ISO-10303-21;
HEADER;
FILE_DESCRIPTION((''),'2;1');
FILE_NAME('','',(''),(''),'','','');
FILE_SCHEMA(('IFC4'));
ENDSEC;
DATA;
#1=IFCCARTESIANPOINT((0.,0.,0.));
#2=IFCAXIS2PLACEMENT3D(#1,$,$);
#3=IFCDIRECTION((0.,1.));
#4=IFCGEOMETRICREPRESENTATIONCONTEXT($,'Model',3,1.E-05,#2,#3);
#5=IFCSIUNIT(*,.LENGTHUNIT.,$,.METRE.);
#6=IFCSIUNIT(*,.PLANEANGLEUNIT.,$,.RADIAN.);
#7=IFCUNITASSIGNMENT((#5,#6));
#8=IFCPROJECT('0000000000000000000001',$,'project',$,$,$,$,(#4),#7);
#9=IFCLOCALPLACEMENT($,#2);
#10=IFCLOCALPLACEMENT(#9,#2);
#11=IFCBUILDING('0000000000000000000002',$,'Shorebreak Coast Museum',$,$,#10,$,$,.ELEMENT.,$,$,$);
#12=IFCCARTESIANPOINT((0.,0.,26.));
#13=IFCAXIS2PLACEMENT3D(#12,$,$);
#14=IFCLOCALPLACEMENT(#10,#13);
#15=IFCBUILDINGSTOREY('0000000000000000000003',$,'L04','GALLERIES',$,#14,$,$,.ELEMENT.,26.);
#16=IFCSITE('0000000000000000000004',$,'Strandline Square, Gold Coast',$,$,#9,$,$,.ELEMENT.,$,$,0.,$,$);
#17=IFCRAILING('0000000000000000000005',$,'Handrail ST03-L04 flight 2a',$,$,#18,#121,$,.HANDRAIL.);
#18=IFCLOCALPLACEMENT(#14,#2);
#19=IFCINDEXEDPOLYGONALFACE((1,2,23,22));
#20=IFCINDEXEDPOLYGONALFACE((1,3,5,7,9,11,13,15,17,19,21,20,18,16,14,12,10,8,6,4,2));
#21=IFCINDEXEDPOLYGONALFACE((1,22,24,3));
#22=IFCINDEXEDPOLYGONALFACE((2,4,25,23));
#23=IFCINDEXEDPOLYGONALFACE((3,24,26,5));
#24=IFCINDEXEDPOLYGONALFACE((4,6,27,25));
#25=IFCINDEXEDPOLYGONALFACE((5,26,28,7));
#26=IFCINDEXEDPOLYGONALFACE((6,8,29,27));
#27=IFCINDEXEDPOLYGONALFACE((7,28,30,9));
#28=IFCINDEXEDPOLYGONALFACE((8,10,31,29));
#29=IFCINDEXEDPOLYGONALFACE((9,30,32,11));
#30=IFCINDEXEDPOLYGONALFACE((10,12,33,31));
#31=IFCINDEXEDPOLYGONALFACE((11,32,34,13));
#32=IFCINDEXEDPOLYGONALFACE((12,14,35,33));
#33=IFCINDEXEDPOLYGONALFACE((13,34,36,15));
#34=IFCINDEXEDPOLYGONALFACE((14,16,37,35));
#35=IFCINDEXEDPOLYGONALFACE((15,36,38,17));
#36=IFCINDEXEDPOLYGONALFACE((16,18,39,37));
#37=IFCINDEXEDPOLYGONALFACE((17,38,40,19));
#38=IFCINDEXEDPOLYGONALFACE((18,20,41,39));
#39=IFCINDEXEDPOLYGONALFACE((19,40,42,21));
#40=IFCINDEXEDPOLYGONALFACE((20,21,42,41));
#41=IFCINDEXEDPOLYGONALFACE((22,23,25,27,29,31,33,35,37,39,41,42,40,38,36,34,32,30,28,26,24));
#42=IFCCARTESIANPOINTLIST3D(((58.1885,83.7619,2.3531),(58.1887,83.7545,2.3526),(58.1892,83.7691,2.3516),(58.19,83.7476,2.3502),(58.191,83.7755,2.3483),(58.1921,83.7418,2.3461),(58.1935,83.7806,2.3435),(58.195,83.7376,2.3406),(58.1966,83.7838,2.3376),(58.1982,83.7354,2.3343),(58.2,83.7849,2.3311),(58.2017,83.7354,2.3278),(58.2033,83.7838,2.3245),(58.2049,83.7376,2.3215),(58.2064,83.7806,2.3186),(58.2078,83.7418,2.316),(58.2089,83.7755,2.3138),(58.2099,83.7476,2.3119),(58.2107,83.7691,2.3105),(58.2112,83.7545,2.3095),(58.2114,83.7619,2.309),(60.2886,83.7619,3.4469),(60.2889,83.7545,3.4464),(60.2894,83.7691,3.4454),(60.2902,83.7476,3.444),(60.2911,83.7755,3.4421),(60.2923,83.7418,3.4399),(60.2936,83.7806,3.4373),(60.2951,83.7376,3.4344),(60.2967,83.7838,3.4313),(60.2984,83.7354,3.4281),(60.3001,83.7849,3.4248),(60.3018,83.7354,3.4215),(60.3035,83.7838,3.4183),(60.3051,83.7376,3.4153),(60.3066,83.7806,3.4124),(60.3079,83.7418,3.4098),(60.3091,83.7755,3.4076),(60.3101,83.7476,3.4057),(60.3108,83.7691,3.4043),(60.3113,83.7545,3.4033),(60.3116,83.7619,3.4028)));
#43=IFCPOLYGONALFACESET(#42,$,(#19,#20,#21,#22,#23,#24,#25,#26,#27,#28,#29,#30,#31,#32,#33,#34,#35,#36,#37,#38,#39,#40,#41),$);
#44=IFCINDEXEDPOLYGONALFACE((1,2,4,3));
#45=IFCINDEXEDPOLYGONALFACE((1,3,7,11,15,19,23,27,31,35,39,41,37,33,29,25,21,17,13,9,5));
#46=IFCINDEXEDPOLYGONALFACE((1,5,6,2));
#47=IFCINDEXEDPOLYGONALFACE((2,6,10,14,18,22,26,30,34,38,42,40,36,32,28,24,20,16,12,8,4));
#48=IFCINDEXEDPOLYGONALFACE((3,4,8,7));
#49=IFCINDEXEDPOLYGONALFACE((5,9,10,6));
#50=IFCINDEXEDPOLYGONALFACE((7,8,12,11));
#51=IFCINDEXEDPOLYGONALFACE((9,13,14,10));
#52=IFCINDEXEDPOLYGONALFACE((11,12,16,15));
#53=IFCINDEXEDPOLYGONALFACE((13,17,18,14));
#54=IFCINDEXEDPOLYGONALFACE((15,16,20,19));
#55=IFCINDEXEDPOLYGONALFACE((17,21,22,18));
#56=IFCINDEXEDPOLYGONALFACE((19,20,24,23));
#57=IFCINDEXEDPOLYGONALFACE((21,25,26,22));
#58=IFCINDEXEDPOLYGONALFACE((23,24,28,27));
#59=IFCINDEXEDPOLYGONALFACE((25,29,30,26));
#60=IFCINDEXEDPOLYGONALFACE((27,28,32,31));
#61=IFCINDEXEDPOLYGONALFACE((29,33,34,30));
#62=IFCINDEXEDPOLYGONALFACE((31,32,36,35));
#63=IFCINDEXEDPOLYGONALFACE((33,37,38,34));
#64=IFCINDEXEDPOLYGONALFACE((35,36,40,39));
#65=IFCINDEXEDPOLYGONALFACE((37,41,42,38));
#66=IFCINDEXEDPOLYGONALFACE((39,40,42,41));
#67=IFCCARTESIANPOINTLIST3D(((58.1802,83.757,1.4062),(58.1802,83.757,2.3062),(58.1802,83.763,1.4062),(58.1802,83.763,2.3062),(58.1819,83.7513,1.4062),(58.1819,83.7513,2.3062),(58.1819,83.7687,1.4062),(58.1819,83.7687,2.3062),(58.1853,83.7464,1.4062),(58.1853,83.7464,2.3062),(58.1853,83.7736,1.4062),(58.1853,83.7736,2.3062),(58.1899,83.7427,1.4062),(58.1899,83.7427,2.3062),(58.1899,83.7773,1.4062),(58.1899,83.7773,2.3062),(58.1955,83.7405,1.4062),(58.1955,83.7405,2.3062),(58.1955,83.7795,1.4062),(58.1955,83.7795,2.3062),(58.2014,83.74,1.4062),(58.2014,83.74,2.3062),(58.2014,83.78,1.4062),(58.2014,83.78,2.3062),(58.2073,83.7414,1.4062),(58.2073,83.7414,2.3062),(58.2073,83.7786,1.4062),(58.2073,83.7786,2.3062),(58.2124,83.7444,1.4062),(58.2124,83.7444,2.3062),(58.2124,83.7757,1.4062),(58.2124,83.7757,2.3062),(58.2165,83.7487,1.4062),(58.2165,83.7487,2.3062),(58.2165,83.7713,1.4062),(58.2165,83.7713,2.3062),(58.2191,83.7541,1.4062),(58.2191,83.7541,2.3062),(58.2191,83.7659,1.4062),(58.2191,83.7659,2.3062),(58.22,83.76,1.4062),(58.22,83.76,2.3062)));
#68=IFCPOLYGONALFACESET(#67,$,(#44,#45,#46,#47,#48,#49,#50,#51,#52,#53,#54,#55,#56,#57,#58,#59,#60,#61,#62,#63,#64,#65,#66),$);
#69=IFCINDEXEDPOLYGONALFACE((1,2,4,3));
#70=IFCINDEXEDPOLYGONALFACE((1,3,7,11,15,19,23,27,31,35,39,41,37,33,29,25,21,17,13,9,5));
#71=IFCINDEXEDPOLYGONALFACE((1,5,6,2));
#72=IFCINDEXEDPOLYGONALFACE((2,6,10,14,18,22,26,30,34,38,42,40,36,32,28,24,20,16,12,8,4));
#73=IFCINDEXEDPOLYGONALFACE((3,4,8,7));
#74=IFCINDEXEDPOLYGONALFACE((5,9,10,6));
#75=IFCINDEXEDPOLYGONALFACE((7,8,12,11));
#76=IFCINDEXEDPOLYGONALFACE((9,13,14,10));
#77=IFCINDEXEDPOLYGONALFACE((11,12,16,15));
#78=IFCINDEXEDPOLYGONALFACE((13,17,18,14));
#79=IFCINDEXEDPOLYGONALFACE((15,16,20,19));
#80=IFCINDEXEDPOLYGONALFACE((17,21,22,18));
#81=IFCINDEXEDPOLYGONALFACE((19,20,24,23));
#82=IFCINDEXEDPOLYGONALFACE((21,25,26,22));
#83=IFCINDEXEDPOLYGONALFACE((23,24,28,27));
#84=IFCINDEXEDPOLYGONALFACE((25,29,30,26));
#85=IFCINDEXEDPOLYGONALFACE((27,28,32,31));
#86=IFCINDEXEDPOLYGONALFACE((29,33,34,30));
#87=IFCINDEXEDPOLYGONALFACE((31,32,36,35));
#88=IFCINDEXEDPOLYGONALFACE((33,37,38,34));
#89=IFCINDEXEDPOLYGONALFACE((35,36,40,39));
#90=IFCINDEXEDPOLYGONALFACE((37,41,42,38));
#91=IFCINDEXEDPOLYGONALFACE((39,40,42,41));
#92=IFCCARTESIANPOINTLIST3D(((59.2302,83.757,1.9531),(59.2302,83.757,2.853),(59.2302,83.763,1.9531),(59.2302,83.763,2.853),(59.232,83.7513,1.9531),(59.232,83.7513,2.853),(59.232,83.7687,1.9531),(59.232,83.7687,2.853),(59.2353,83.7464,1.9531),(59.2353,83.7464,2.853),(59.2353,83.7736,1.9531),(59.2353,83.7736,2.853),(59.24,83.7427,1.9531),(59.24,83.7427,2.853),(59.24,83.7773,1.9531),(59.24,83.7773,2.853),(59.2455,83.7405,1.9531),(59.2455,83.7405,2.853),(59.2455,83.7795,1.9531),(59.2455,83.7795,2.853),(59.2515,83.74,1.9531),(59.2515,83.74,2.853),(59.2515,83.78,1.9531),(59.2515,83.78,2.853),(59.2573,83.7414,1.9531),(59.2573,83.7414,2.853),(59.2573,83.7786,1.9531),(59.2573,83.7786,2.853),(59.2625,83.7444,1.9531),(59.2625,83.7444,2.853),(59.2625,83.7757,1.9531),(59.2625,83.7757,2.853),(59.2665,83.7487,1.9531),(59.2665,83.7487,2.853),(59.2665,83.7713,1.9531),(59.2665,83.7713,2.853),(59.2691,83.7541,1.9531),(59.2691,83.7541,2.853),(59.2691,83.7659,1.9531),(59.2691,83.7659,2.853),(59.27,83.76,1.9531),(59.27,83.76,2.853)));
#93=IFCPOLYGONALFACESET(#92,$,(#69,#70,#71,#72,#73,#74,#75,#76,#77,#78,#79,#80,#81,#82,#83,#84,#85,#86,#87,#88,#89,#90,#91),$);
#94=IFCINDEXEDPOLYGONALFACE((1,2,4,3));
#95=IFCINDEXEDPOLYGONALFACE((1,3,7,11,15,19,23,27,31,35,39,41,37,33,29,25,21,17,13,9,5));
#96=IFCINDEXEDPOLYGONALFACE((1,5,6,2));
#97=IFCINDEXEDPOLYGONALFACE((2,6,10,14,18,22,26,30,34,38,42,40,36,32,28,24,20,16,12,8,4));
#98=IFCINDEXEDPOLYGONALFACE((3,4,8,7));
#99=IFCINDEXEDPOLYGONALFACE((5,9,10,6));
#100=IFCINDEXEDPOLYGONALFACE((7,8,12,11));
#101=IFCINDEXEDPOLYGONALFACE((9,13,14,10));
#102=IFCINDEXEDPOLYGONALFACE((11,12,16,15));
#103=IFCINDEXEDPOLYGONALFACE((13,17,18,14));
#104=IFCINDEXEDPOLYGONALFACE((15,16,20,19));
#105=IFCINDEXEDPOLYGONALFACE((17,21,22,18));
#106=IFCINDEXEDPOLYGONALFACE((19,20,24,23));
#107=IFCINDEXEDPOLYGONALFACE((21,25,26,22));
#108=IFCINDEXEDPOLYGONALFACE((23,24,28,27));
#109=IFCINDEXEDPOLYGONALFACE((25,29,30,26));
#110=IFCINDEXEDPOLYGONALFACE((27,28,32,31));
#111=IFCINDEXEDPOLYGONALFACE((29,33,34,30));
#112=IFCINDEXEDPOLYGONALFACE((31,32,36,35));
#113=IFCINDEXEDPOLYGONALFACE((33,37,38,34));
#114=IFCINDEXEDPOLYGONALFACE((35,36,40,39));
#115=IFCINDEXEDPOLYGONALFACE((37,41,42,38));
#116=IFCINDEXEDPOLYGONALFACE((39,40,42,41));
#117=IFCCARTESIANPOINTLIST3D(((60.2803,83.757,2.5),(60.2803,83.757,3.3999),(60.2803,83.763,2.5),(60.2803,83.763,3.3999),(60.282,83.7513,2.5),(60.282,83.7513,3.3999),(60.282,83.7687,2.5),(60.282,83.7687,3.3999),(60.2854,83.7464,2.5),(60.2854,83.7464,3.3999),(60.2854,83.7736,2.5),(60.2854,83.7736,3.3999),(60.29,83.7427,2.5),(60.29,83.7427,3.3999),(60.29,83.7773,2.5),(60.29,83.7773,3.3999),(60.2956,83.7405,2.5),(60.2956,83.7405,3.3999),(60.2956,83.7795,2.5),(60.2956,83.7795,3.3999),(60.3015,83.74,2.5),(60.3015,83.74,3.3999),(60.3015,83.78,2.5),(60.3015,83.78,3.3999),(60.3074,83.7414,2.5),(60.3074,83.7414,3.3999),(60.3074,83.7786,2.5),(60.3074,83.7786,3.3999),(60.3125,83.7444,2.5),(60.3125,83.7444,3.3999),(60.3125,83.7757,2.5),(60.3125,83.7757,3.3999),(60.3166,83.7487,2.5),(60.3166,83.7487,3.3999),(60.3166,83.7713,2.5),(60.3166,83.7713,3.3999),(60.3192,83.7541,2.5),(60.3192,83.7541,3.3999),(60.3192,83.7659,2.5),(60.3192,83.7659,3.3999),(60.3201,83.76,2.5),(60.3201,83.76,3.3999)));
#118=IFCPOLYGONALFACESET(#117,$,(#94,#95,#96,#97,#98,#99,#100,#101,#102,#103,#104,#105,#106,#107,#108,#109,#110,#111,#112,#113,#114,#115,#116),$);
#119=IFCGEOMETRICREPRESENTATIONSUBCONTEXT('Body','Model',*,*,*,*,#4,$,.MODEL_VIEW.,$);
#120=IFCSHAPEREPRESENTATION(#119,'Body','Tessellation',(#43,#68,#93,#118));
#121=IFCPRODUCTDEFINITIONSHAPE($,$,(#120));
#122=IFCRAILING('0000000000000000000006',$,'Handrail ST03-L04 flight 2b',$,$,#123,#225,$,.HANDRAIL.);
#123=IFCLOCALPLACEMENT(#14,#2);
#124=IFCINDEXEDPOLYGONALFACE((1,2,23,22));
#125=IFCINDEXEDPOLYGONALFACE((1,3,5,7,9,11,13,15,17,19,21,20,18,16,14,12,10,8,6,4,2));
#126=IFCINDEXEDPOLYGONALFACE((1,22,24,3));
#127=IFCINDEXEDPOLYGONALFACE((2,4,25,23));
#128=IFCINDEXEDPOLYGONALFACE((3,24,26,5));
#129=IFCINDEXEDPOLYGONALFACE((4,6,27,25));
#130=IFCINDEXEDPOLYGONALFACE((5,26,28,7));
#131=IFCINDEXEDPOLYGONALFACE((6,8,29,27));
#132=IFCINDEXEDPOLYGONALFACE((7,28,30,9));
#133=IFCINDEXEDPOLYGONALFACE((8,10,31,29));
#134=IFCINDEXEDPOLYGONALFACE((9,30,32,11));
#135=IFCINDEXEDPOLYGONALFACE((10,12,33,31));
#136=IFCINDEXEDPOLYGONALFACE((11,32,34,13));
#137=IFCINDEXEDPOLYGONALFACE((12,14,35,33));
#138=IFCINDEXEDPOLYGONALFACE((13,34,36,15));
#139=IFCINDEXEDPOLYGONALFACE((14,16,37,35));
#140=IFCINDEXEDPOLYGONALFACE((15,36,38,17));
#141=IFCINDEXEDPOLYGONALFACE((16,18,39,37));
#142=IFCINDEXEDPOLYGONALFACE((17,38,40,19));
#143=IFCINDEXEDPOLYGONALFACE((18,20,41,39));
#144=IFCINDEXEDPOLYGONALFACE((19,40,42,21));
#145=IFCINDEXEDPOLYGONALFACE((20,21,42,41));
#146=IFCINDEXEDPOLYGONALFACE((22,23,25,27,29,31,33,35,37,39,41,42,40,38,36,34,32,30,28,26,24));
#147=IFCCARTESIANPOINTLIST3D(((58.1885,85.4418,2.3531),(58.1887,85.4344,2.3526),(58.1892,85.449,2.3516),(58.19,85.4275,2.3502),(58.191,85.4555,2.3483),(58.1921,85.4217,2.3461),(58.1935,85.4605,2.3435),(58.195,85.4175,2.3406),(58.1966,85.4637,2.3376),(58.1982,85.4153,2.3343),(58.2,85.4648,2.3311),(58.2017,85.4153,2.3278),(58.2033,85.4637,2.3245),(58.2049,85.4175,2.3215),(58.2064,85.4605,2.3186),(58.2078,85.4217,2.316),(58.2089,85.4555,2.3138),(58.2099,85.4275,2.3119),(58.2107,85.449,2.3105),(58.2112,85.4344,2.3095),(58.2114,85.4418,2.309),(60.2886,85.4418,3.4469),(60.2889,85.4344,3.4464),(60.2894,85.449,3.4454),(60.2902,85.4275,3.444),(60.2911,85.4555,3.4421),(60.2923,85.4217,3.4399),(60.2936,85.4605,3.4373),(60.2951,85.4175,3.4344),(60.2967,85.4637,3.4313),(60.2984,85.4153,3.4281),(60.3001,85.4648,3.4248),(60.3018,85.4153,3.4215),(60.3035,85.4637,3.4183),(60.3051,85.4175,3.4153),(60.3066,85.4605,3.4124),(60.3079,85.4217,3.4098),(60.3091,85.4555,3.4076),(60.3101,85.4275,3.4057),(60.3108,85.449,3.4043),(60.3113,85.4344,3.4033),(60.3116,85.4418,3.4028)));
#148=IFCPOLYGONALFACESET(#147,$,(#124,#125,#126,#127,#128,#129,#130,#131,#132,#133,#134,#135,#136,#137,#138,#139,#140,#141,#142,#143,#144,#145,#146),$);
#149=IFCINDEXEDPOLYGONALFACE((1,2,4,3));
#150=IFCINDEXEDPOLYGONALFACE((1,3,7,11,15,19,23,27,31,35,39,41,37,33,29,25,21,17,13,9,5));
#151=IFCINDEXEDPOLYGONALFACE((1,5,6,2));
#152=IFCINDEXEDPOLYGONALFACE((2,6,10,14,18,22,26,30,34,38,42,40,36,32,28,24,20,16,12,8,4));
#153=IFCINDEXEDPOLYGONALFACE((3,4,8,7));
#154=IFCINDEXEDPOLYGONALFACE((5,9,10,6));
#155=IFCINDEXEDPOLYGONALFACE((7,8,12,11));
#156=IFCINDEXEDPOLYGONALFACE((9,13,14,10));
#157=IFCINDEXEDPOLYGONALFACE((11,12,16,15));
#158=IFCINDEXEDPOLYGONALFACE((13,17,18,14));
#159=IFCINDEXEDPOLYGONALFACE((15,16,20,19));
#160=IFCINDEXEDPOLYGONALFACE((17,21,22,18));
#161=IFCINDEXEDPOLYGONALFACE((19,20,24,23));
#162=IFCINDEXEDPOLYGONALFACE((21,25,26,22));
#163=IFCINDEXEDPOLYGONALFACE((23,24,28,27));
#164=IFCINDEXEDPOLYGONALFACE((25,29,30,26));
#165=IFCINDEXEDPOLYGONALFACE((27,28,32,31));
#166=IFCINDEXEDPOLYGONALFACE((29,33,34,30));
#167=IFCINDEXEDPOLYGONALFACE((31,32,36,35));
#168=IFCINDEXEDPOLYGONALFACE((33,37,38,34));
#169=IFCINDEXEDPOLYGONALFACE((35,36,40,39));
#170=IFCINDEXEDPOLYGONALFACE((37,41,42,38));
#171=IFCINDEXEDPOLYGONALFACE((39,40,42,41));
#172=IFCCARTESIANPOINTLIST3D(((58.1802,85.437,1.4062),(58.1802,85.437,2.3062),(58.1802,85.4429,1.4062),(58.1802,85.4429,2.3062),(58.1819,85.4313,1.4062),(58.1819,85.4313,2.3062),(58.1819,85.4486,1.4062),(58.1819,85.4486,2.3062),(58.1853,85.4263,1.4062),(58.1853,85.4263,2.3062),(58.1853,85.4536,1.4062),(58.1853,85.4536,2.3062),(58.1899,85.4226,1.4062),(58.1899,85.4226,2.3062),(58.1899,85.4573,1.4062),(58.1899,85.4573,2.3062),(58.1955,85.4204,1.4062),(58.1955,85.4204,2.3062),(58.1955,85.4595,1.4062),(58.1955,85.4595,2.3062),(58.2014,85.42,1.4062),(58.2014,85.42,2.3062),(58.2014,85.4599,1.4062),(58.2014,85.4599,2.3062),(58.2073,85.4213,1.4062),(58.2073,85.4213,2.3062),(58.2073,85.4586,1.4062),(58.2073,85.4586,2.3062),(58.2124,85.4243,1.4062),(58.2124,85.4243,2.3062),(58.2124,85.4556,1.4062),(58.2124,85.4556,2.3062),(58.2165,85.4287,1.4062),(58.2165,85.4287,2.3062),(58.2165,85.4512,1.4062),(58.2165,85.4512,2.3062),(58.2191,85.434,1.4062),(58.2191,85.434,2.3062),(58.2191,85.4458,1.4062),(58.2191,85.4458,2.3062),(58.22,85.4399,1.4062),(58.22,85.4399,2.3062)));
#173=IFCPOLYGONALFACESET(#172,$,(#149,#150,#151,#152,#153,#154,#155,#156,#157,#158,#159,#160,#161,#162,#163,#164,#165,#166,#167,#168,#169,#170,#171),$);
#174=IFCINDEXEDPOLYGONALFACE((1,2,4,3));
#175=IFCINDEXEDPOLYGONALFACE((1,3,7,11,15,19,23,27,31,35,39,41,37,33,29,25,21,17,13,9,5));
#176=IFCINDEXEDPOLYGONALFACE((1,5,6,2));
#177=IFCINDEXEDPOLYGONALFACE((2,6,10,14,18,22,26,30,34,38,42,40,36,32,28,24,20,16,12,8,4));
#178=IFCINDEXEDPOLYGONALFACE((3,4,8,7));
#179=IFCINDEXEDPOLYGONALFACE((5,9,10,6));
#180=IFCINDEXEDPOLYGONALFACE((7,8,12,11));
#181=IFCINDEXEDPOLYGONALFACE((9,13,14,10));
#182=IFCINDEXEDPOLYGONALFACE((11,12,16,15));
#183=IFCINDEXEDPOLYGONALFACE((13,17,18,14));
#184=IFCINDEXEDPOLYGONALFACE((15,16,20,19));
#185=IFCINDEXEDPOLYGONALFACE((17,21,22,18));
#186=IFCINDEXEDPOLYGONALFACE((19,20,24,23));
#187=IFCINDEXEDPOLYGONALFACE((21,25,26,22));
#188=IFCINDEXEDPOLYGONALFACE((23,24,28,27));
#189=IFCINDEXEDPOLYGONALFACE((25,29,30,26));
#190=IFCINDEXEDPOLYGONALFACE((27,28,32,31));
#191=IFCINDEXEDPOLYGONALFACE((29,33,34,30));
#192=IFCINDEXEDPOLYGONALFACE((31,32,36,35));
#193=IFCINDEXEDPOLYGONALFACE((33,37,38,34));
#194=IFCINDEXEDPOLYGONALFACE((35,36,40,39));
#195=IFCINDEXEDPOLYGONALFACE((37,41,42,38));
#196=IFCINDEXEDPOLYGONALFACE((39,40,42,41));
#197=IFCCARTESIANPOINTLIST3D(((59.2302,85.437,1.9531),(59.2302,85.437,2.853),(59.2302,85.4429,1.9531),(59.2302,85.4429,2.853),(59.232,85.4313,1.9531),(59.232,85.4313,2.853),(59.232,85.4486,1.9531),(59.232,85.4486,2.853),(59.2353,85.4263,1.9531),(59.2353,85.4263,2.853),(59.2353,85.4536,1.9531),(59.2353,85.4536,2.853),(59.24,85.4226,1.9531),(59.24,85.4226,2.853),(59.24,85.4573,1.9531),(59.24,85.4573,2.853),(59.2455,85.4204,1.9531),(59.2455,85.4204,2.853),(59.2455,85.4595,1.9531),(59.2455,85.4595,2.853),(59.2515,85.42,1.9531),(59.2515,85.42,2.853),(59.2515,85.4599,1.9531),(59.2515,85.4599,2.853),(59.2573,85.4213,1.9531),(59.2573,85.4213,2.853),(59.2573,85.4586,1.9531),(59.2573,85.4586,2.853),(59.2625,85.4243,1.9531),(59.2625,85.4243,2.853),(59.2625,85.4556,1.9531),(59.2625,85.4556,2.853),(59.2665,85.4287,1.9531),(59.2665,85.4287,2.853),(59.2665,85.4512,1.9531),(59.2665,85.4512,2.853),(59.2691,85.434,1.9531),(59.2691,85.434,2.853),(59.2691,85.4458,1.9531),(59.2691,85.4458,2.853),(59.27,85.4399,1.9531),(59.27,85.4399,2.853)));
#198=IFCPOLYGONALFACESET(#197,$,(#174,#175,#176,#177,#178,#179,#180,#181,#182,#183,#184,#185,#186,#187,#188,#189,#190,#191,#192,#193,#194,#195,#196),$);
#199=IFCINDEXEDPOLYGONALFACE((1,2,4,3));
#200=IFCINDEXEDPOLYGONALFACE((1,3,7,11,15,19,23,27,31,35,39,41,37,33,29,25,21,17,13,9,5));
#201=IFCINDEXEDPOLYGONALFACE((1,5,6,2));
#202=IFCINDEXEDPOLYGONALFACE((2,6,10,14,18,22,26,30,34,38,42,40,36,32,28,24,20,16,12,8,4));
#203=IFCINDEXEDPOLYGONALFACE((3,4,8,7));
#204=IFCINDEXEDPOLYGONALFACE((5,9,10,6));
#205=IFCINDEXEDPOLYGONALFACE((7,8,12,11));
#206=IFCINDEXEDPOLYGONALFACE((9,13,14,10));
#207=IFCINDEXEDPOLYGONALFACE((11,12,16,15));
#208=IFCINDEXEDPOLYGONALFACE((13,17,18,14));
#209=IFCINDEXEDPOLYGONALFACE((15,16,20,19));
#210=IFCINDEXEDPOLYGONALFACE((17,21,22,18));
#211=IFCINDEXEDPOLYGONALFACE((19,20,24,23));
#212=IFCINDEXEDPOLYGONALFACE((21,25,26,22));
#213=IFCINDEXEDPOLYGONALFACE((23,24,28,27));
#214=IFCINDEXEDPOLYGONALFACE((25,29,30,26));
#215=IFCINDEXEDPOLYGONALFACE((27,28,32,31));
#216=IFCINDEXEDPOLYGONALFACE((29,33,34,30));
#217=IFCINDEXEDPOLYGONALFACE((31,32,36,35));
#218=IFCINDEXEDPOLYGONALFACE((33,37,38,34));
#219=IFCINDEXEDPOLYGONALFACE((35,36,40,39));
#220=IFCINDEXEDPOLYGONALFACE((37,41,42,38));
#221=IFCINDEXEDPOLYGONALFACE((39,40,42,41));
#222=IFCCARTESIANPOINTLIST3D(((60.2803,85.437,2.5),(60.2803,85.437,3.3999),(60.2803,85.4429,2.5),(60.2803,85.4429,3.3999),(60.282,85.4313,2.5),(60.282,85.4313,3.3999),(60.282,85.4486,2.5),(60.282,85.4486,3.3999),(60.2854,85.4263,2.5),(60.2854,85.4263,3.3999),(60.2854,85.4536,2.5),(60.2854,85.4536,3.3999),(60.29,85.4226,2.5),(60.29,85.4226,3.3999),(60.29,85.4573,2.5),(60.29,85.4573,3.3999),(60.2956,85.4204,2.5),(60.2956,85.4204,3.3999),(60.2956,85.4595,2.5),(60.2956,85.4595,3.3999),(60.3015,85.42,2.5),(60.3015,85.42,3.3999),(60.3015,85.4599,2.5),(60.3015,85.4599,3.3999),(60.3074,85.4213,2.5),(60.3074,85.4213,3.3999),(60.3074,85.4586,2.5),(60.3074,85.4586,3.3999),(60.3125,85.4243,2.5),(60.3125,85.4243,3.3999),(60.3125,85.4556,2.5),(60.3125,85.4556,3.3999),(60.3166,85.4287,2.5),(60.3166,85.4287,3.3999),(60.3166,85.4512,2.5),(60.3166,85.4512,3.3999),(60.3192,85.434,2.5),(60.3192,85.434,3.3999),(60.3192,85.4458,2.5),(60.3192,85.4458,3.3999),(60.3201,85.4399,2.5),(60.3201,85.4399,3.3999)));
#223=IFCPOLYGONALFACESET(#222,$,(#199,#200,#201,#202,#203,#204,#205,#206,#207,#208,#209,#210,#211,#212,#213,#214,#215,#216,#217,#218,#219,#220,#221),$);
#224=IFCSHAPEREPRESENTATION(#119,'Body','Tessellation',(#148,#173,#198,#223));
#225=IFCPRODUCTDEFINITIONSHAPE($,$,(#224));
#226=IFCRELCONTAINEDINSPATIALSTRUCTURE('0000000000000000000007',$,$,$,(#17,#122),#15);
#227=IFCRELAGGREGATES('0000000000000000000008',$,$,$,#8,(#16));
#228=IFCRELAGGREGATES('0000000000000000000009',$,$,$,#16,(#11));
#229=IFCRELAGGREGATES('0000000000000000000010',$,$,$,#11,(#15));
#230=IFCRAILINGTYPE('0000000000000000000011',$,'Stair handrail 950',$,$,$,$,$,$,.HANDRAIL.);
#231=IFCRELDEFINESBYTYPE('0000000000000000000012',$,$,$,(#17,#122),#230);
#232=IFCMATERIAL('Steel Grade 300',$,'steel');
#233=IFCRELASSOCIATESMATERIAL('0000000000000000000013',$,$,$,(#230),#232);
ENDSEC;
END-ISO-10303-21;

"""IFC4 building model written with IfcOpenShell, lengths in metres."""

from ifc_helpers import new_model, si_unit, direction, frame, origin, origin_2d, place, context, subcontext, project, spatial, circle, extrude, material, type_object, element, save


model = new_model("IFC4")

# Units and contexts
model_context = context("Model", 3, precision=1e-05, world=origin(), true_north=direction((0.0, 1.0)))
body_context = subcontext(model_context, "Body", "Model", "MODEL_VIEW")
ifc_project = project(units=[si_unit("LENGTHUNIT", "METRE"), si_unit("PLANEANGLEUNIT", "RADIAN")], contexts=[model_context])

# Site, building, storey
site_placement = place(None, origin())
site = spatial("IfcSite", under=ifc_project, at=site_placement, Name="Strandline Square, Gold Coast", CompositionType="ELEMENT", RefElevation=0.0)
building_placement = place(site_placement, origin())
building = spatial("IfcBuilding", under=site, at=building_placement, Name="Shorebreak Coast Museum", CompositionType="ELEMENT")
storey_placement = place(building_placement, frame((0.0, 0.0, 26.0)))
storey = spatial("IfcBuildingStorey", under=building, at=storey_placement, Name="L04", Description="GALLERIES", CompositionType="ELEMENT", Elevation=26.0)

# Railings
ifc_material_1 = material(Name="Steel Grade 300", Category="steel")
railing_type_1 = type_object("IfcRailingType", Name="Stair handrail 950", PredefinedType="HANDRAIL", material=ifc_material_1)
for number, where, name in (
    (1, (58.2, 83.76, 1.4062), "Handrail ST03-L04 flight 2a"),
    (2, (58.2, 85.4399, 1.4062), "Handrail ST03-L04 flight 2b"),
):
    element("IfcRailing", number, at=place(storey_placement, frame(where)), inside=storey, type_object=railing_type_1, Name=name, PredefinedType="HANDRAIL", context=body_context, shape_type="SweptSolid", body=[
        extrude(circle(Radius=0.0249, at=origin_2d()), frame((0.0, 0.0, 0.9248), z_axis=(0.886923, 0.0, 0.461918), x_axis=(0.0, 1.0, 0.0)), (0.0, 0.0, 1.0), 2.3679),
        extrude(circle(Radius=0.02, at=origin_2d()), origin(), (0.0, 0.0, 1.0), 0.8999),
        extrude(circle(Radius=0.02, at=origin_2d()), frame((1.05, 0.0, 0.5469)), (0.0, 0.0, 1.0), 0.8999),
        extrude(circle(Radius=0.02, at=origin_2d()), frame((2.1001, 0.0, 1.0938)), (0.0, 0.0, 1.0), 0.8999),
    ])

save(model, "model.ifc")
